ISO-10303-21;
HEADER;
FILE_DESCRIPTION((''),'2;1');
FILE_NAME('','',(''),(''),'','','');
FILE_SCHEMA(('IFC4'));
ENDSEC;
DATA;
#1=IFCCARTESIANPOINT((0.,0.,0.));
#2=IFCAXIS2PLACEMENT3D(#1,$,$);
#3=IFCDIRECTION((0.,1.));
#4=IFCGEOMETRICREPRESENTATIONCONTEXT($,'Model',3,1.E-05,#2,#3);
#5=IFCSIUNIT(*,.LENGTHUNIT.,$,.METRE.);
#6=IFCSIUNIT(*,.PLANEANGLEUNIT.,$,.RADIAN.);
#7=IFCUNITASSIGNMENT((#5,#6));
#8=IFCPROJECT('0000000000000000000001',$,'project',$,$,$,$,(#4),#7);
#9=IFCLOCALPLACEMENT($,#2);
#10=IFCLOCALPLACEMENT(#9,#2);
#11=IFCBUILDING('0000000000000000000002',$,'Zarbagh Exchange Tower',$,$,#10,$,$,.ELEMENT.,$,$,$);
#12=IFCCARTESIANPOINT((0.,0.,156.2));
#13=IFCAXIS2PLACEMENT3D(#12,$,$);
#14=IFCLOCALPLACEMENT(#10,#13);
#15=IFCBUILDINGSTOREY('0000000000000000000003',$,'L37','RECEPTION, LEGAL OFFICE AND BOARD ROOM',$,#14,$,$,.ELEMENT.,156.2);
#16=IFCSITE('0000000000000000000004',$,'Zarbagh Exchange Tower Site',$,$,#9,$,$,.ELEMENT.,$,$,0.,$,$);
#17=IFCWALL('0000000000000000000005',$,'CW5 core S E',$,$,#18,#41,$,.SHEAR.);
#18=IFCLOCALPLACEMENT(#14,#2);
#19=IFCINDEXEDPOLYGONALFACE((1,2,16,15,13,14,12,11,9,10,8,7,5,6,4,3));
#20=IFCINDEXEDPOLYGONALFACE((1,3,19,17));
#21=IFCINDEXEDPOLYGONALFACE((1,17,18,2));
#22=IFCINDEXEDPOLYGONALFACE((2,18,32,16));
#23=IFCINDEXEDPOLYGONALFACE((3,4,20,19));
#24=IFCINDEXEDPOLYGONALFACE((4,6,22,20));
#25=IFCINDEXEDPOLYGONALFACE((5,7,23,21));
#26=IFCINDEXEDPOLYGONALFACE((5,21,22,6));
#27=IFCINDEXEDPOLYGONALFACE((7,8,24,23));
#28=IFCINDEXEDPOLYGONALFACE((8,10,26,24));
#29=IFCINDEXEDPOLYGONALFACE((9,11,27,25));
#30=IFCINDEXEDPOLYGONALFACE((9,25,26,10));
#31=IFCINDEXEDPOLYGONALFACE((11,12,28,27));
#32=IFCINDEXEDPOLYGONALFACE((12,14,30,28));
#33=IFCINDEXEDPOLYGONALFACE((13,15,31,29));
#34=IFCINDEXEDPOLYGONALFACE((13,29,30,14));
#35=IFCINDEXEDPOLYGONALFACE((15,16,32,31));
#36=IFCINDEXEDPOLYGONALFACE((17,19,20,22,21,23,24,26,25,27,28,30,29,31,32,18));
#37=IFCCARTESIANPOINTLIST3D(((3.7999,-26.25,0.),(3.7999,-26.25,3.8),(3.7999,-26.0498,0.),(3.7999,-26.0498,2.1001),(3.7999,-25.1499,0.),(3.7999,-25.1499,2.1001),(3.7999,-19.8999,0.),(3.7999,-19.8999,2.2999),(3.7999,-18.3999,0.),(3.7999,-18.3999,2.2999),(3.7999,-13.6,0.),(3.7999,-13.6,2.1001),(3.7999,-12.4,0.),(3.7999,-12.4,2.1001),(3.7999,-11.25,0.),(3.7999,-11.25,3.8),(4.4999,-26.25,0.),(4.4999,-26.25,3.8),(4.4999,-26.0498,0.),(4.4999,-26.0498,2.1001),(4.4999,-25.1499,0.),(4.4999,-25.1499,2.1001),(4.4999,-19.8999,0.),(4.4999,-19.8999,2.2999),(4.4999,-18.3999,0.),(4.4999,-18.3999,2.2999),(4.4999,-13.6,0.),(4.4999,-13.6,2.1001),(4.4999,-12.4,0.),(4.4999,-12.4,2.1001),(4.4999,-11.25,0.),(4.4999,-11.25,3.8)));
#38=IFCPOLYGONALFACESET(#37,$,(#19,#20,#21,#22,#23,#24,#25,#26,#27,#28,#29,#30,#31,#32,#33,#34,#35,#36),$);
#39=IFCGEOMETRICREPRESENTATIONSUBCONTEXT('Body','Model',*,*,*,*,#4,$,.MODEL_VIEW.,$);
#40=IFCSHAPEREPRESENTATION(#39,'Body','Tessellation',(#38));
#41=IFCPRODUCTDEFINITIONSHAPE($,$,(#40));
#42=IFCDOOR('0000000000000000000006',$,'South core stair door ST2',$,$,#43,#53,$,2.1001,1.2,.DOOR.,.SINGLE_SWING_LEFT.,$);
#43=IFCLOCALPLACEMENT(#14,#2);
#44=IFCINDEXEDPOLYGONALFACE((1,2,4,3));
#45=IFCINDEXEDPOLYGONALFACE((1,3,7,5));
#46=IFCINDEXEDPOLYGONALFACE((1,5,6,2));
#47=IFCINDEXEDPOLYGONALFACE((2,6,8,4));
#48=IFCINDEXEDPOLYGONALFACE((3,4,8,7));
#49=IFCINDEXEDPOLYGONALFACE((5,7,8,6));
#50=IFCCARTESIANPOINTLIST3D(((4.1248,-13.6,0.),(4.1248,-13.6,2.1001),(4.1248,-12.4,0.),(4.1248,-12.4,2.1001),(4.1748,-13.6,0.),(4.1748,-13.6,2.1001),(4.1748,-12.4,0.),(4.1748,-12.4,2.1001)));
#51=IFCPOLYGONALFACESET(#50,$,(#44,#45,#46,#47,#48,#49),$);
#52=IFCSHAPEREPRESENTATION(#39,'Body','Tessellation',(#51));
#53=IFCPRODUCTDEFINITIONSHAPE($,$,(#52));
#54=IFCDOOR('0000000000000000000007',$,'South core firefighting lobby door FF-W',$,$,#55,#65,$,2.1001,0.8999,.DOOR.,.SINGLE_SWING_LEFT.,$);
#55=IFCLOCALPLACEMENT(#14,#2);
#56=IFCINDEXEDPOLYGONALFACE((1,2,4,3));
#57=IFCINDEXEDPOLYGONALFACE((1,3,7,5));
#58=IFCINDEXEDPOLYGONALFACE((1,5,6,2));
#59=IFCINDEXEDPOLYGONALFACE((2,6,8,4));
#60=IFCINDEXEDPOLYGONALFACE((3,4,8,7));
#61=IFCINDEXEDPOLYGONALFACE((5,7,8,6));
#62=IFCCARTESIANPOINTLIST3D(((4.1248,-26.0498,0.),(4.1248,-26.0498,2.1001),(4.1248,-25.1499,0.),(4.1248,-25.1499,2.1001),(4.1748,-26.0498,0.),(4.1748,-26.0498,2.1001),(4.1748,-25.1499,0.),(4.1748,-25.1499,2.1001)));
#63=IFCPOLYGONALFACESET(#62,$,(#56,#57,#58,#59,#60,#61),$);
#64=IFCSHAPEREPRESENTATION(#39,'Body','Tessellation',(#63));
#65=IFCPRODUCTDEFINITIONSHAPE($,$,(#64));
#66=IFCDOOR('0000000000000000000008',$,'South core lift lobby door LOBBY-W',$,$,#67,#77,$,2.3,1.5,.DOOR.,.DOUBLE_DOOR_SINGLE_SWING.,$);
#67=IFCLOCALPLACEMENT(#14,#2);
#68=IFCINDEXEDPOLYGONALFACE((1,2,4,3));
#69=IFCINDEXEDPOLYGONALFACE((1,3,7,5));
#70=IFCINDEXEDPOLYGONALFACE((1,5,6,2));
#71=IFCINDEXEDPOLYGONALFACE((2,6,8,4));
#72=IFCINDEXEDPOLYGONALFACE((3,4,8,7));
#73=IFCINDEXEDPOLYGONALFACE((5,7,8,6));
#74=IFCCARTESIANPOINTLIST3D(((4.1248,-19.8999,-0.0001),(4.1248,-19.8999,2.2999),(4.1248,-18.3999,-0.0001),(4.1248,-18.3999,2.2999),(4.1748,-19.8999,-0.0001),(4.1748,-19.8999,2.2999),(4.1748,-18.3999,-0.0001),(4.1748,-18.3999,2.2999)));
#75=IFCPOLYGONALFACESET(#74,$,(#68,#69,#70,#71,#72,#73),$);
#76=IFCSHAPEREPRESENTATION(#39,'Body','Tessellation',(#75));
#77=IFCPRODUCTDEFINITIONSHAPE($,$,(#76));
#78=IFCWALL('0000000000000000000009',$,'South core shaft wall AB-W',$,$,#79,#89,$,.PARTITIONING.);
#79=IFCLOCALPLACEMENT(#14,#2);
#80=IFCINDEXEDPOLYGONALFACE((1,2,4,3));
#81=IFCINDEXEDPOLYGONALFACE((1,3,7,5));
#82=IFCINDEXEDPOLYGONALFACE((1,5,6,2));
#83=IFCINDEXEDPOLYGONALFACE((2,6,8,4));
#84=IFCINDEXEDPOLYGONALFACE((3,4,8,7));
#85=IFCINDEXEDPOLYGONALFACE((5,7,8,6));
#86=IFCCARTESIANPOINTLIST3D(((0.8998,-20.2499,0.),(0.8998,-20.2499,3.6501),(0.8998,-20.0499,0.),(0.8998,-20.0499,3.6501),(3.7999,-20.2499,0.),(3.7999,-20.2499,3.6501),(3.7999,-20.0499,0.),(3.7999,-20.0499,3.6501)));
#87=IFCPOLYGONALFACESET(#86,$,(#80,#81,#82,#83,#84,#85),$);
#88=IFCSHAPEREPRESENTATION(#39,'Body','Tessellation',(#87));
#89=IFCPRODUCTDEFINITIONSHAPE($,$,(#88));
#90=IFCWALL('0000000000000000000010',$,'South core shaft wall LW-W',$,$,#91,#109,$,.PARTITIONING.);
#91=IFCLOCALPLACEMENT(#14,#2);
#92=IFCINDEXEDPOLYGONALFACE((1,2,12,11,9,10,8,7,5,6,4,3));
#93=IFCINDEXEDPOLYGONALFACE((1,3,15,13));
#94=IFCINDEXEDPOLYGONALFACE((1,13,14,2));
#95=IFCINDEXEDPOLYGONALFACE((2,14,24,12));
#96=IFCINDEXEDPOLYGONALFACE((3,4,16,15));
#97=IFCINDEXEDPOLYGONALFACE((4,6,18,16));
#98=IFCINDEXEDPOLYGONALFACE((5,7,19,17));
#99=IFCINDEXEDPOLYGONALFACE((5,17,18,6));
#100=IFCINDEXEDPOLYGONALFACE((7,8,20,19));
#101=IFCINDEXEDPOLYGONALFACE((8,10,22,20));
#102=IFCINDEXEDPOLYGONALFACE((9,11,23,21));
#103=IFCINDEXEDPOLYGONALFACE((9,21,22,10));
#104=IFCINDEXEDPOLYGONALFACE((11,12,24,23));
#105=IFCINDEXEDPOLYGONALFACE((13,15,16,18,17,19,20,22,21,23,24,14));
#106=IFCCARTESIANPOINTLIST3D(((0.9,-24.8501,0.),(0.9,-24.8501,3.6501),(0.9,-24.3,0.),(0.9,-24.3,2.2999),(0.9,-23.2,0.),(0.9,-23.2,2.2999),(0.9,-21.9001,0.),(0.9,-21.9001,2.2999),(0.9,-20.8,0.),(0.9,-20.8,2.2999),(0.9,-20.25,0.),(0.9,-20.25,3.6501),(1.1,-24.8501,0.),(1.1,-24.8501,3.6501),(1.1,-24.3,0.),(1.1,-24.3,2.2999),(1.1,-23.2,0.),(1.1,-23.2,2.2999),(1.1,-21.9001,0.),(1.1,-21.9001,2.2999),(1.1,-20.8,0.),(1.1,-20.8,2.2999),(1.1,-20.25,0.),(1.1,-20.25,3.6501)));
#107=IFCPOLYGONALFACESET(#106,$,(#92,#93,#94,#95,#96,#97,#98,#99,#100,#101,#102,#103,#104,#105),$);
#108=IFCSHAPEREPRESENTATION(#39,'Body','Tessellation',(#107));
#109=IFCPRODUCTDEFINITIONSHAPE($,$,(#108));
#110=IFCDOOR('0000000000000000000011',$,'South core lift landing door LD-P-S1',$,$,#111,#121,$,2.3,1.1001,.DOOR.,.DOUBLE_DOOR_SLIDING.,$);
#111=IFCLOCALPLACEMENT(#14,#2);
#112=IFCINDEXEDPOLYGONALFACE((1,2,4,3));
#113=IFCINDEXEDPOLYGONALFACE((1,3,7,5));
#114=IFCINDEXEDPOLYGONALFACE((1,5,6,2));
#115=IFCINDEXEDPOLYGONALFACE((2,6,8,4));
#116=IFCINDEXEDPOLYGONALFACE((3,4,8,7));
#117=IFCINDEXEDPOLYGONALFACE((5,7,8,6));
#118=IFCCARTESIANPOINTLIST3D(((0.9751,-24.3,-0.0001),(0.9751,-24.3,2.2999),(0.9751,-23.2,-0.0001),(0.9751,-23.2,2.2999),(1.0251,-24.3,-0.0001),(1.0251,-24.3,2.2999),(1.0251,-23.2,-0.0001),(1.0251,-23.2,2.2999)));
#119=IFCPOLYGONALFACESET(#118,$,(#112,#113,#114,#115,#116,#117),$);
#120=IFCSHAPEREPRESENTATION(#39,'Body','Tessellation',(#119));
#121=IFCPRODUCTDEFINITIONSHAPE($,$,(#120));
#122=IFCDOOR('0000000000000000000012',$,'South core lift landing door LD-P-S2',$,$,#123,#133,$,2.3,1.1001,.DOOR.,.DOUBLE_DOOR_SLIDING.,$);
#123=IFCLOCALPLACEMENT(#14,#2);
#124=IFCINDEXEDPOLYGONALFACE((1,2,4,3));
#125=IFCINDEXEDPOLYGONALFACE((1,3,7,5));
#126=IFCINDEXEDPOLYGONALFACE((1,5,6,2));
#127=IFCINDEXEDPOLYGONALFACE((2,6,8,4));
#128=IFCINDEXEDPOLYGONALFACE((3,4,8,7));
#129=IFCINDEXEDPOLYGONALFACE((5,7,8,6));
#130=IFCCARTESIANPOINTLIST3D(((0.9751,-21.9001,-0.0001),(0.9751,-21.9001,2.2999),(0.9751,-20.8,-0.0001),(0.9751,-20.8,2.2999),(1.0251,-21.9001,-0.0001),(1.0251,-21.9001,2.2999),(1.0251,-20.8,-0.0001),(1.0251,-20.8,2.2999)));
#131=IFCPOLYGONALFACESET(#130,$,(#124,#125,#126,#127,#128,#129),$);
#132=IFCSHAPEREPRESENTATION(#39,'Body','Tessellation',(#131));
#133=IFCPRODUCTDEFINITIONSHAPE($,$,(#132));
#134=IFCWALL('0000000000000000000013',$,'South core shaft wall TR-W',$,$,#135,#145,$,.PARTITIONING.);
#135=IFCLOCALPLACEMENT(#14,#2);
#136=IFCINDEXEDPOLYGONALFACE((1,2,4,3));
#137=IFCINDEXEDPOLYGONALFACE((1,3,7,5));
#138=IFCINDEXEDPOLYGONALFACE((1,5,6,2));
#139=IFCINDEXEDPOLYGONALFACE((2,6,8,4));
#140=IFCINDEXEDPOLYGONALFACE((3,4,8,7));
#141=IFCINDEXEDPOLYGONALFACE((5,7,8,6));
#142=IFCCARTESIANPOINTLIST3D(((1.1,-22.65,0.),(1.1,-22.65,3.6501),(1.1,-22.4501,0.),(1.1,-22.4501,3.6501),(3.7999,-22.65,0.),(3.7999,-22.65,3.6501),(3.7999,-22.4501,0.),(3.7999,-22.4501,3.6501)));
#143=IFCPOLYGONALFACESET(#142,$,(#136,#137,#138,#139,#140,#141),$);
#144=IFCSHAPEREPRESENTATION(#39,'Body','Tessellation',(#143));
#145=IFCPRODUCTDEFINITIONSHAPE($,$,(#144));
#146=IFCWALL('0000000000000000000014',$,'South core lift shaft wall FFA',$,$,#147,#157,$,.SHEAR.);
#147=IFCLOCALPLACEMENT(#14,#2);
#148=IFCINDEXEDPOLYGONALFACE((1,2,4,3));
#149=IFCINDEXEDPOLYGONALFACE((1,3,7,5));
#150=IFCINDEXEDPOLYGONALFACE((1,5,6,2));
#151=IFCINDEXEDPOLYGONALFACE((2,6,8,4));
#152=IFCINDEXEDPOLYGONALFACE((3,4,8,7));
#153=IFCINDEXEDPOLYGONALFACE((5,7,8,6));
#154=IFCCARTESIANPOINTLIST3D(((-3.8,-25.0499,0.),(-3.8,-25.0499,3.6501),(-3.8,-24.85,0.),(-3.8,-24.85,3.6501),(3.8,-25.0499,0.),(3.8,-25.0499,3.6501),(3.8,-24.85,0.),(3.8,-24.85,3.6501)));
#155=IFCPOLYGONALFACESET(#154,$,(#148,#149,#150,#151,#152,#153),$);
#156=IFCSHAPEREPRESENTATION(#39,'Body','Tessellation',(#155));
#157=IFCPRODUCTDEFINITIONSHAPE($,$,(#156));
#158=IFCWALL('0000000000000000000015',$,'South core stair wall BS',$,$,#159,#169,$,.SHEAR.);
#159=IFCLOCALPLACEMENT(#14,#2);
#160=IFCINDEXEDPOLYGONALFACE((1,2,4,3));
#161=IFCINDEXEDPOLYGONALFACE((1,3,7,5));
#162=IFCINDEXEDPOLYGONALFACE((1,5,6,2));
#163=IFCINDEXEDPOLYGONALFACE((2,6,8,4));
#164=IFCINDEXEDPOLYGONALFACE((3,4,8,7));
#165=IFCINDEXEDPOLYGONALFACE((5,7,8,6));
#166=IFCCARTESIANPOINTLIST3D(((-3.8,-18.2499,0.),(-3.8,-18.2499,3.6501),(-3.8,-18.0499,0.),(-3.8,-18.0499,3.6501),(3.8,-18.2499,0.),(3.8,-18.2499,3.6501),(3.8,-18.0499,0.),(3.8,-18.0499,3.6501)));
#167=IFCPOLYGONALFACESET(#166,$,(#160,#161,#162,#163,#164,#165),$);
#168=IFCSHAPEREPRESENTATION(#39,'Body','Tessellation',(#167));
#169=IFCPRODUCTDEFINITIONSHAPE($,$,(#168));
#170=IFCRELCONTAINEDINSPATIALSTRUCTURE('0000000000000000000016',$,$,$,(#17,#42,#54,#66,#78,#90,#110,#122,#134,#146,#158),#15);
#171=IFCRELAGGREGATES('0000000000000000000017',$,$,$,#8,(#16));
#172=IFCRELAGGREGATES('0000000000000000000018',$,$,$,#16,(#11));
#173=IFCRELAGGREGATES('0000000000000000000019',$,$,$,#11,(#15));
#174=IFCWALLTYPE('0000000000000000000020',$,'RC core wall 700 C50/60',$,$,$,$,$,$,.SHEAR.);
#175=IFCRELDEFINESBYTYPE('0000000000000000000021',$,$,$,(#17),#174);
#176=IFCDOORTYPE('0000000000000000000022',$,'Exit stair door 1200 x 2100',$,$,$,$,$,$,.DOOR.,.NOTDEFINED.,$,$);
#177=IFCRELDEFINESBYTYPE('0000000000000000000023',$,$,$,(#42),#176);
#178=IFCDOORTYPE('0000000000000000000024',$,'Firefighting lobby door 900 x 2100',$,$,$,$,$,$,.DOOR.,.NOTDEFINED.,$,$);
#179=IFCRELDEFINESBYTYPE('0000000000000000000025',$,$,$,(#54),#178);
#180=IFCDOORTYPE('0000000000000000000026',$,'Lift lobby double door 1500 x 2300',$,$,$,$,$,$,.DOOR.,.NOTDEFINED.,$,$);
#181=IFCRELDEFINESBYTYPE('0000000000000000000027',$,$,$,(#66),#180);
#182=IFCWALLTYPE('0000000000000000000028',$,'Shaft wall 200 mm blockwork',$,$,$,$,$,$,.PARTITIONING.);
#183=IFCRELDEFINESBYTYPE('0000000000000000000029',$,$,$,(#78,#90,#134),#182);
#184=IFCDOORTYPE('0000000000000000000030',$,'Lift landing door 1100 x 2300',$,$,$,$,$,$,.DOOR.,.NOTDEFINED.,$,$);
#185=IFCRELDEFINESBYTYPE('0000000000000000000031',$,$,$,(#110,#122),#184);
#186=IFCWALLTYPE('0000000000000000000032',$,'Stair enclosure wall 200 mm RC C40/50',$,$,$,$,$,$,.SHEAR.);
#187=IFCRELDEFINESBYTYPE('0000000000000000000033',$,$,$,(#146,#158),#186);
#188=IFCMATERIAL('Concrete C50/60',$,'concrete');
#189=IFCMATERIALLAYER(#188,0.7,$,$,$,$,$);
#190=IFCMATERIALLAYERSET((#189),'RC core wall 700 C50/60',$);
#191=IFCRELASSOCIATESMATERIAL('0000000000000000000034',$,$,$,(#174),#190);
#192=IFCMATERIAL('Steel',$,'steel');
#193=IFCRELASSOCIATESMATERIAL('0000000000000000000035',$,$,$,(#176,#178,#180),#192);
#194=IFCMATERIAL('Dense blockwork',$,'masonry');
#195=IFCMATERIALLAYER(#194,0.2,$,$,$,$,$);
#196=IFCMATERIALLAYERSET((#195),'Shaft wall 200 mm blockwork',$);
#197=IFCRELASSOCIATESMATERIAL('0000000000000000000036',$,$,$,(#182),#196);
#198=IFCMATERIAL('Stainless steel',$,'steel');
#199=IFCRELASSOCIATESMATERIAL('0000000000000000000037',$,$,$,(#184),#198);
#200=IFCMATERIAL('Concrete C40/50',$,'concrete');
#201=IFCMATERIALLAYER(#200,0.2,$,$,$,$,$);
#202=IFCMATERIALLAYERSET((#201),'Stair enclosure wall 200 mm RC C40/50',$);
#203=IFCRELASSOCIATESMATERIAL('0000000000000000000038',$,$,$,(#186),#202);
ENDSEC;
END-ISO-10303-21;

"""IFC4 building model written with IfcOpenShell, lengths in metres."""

from ifc_helpers import new_model, si_unit, direction, frame, frame_2d, origin, place, context, subcontext, project, spatial, rectangle, extrude, material, layer, layer_set, type_object, element, fill, save


model = new_model("IFC4")

# Units and contexts
model_context = context("Model", 3, precision=1e-05, world=origin(), true_north=direction((0.0, 1.0)))
body_context = subcontext(model_context, "Body", "Model", "MODEL_VIEW")
ifc_project = project(units=[si_unit("LENGTHUNIT", "METRE"), si_unit("PLANEANGLEUNIT", "RADIAN")], contexts=[model_context])

# Site, building, storey
site_placement = place(None, origin())
site = spatial("IfcSite", under=ifc_project, at=site_placement, Name="Zarbagh Exchange Tower Site", CompositionType="ELEMENT", RefElevation=0.0)
building_placement = place(site_placement, origin())
building = spatial("IfcBuilding", under=site, at=building_placement, Name="Zarbagh Exchange Tower", CompositionType="ELEMENT")
storey_placement = place(building_placement, frame((0.0, 0.0, 156.2)))
storey = spatial("IfcBuildingStorey", under=building, at=storey_placement, Name="L37", Description="RECEPTION, LEGAL OFFICE AND BOARD ROOM", CompositionType="ELEMENT", Elevation=156.2)

# Shared definitions
ifc_material_1 = material(Name="Concrete C50/60", Category="concrete")

# Wall, openings, doors
ifc_layer_1 = layer(ifc_material_1, 0.7)
ifc_layer_set_1 = layer_set([ifc_layer_1], Name="RC core wall 700 C50/60")
wall_type_1 = type_object("IfcWallType", Name="RC core wall 700 C50/60", PredefinedType="SHEAR", material=ifc_layer_set_1)
wall_1_placement = place(storey_placement, frame((4.1499, -11.25, 0.0), z_axis=(0.0, 0.0, 1.0), x_axis=(0.0, -1.0, 0.0)))
wall_1 = element("IfcWall", 1, at=wall_1_placement, inside=storey, type_object=wall_type_1, Name="CW5 core S E", PredefinedType="SHEAR", context=body_context, shape_type="SweptSolid", body=[
    extrude(rectangle(XDim=15.0, YDim=0.7, at=frame_2d((7.5, 0.0))), origin(), (0.0, 0.0, 1.0), 3.8),
])
opening_1_placement = place(wall_1_placement, frame((7.1499, 0.0, 0.0)))
opening_1 = element("IfcOpeningElement", 2, at=opening_1_placement, cuts=wall_1, PredefinedType="OPENING", context=body_context, shape_type="SweptSolid", body=[
    extrude(rectangle(XDim=1.5, YDim=2.3, at=frame_2d((0.75, 1.1499))), frame((0.0, 0.3599, 0.0), z_axis=(0.0, -1.0, 0.0), x_axis=(1.0, 0.0, 0.0)), (0.0, 0.0, 1.0), 0.72),
])
opening_2_placement = place(wall_1_placement, frame((13.8999, 0.0, 0.0)))
opening_2 = element("IfcOpeningElement", 3, at=opening_2_placement, cuts=wall_1, PredefinedType="OPENING", context=body_context, shape_type="SweptSolid", body=[
    extrude(rectangle(XDim=0.8999, YDim=2.1001, at=frame_2d((0.45, 1.05))), frame((0.0, 0.3599, 0.0), z_axis=(0.0, -1.0, 0.0), x_axis=(1.0, 0.0, 0.0)), (0.0, 0.0, 1.0), 0.72),
])
opening_3_placement = place(wall_1_placement, frame((1.1499, 0.0, 0.0)))
opening_3 = element("IfcOpeningElement", 4, at=opening_3_placement, cuts=wall_1, PredefinedType="OPENING", context=body_context, shape_type="SweptSolid", body=[
    extrude(rectangle(XDim=1.2, YDim=2.1001, at=frame_2d((0.6001, 1.05))), frame((0.0, 0.3599, 0.0), z_axis=(0.0, -1.0, 0.0), x_axis=(1.0, 0.0, 0.0)), (0.0, 0.0, 1.0), 0.72),
])
ifc_material_2 = material(Name="Steel", Category="steel")
door_type_1 = type_object("IfcDoorType", Name="Exit stair door 1200 x 2100", OperationType="NOTDEFINED", PredefinedType="DOOR", material=ifc_material_2)
door_1_placement = place(opening_3_placement, origin())
door_1 = element("IfcDoor", 5, at=door_1_placement, inside=storey, type_object=door_type_1, Name="South core stair door ST2", OperationType="SINGLE_SWING_LEFT", OverallHeight=2.1001, OverallWidth=1.2, PredefinedType="DOOR", context=body_context, shape_type="SweptSolid", body=[
    extrude(rectangle(XDim=1.2, YDim=2.1001, at=frame_2d((0.6001, 1.05))), frame((0.0, 0.0249, 0.0), z_axis=(0.0, -1.0, 0.0), x_axis=(1.0, 0.0, 0.0)), (0.0, 0.0, 1.0), 0.05),
])
fill(opening_3, door_1)
door_type_2 = type_object("IfcDoorType", Name="Firefighting lobby door 900 x 2100", OperationType="NOTDEFINED", PredefinedType="DOOR", material=ifc_material_2)
door_2_placement = place(opening_2_placement, origin())
door_2 = element("IfcDoor", 6, at=door_2_placement, inside=storey, type_object=door_type_2, Name="South core firefighting lobby door FF-W", OperationType="SINGLE_SWING_LEFT", OverallHeight=2.1001, OverallWidth=0.8999, PredefinedType="DOOR", context=body_context, shape_type="SweptSolid", body=[
    extrude(rectangle(XDim=0.8999, YDim=2.1001, at=frame_2d((0.45, 1.05))), frame((0.0, 0.0249, 0.0), z_axis=(0.0, -1.0, 0.0), x_axis=(1.0, 0.0, 0.0)), (0.0, 0.0, 1.0), 0.05),
])
fill(opening_2, door_2)
door_type_3 = type_object("IfcDoorType", Name="Lift lobby double door 1500 x 2300", OperationType="NOTDEFINED", PredefinedType="DOOR", material=ifc_material_2)
door_3_placement = place(opening_1_placement, origin())
door_3 = element("IfcDoor", 7, at=door_3_placement, inside=storey, type_object=door_type_3, Name="South core lift lobby door LOBBY-W", OperationType="DOUBLE_DOOR_SINGLE_SWING", OverallHeight=2.3, OverallWidth=1.5, PredefinedType="DOOR", context=body_context, shape_type="SweptSolid", body=[
    extrude(rectangle(XDim=1.5, YDim=2.3, at=frame_2d((0.75, 1.1499))), frame((0.0, 0.0249, 0.0), z_axis=(0.0, -1.0, 0.0), x_axis=(1.0, 0.0, 0.0)), (0.0, 0.0, 1.0), 0.05),
])
fill(opening_1, door_3)

# Wall
ifc_material_3 = material(Name="Dense blockwork", Category="masonry")
ifc_layer_2 = layer(ifc_material_3, 0.2)
ifc_layer_set_2 = layer_set([ifc_layer_2], Name="Shaft wall 200 mm blockwork")
wall_type_2 = type_object("IfcWallType", Name="Shaft wall 200 mm blockwork", PredefinedType="PARTITIONING", material=ifc_layer_set_2)
wall_2_placement = place(storey_placement, frame((3.8, -20.1499, 0.0), z_axis=(0.0, 0.0, 1.0), x_axis=(-1.0, 0.0, 0.0)))
element("IfcWall", 8, at=wall_2_placement, inside=storey, type_object=wall_type_2, Name="South core shaft wall AB-W", PredefinedType="PARTITIONING", context=body_context, shape_type="SweptSolid", body=[
    extrude(rectangle(XDim=2.9001, YDim=0.2, at=frame_2d((1.4502, 0.0))), origin(), (0.0, 0.0, 1.0), 3.6501),
])

# Wall, openings, doors
wall_3_placement = place(storey_placement, frame((1.0, -24.8501, 0.0), z_axis=(0.0, 0.0, 1.0), x_axis=(0.0, 1.0, 0.0)))
wall_3 = element("IfcWall", 9, at=wall_3_placement, inside=storey, type_object=wall_type_2, Name="South core shaft wall LW-W", PredefinedType="PARTITIONING", context=body_context, shape_type="SweptSolid", body=[
    extrude(rectangle(XDim=4.6001, YDim=0.2, at=frame_2d((2.3, 0.0))), origin(), (0.0, 0.0, 1.0), 3.6501),
])
opening_4_placement = place(wall_3_placement, frame((0.55, 0.0, 0.0)))
opening_4 = element("IfcOpeningElement", 10, at=opening_4_placement, cuts=wall_3, PredefinedType="OPENING", context=body_context, shape_type="SweptSolid", body=[
    extrude(rectangle(XDim=1.1001, YDim=2.3, at=frame_2d((0.55, 1.1499))), frame((0.0, 0.1099, 0.0), z_axis=(0.0, -1.0, 0.0), x_axis=(1.0, 0.0, 0.0)), (0.0, 0.0, 1.0), 0.22),
])
opening_5_placement = place(wall_3_placement, frame((2.95, 0.0, 0.0)))
opening_5 = element("IfcOpeningElement", 11, at=opening_5_placement, cuts=wall_3, PredefinedType="OPENING", context=body_context, shape_type="SweptSolid", body=[
    extrude(rectangle(XDim=1.1001, YDim=2.3, at=frame_2d((0.55, 1.1499))), frame((0.0, 0.1099, 0.0), z_axis=(0.0, -1.0, 0.0), x_axis=(1.0, 0.0, 0.0)), (0.0, 0.0, 1.0), 0.22),
])
ifc_material_4 = material(Name="Stainless steel", Category="steel")
door_type_4 = type_object("IfcDoorType", Name="Lift landing door 1100 x 2300", OperationType="NOTDEFINED", PredefinedType="DOOR", material=ifc_material_4)
door_4_placement = place(opening_4_placement, origin())
door_4 = element("IfcDoor", 12, at=door_4_placement, inside=storey, type_object=door_type_4, Name="South core lift landing door LD-P-S1", OperationType="DOUBLE_DOOR_SLIDING", OverallHeight=2.3, OverallWidth=1.1001, PredefinedType="DOOR", context=body_context, shape_type="SweptSolid", body=[
    extrude(rectangle(XDim=1.1001, YDim=2.3, at=frame_2d((0.55, 1.1499))), frame((0.0, 0.0249, 0.0), z_axis=(0.0, -1.0, 0.0), x_axis=(1.0, 0.0, 0.0)), (0.0, 0.0, 1.0), 0.05),
])
fill(opening_4, door_4)
door_5_placement = place(opening_5_placement, origin())
door_5 = element("IfcDoor", 13, at=door_5_placement, inside=storey, type_object=door_type_4, Name="South core lift landing door LD-P-S2", OperationType="DOUBLE_DOOR_SLIDING", OverallHeight=2.3, OverallWidth=1.1001, PredefinedType="DOOR", context=body_context, shape_type="SweptSolid", body=[
    extrude(rectangle(XDim=1.1001, YDim=2.3, at=frame_2d((0.55, 1.1499))), frame((0.0, 0.0249, 0.0), z_axis=(0.0, -1.0, 0.0), x_axis=(1.0, 0.0, 0.0)), (0.0, 0.0, 1.0), 0.05),
])
fill(opening_5, door_5)

# Walls
wall_4_placement = place(storey_placement, frame((3.8, -22.55, 0.0), z_axis=(0.0, 0.0, 1.0), x_axis=(-1.0, 0.0, 0.0)))
element("IfcWall", 14, at=wall_4_placement, inside=storey, type_object=wall_type_2, Name="South core shaft wall TR-W", PredefinedType="PARTITIONING", context=body_context, shape_type="SweptSolid", body=[
    extrude(rectangle(XDim=2.7, YDim=0.2, at=frame_2d((1.3501, 0.0))), origin(), (0.0, 0.0, 1.0), 3.6501),
])
ifc_material_5 = material(Name="Concrete C40/50", Category="concrete")
ifc_layer_3 = layer(ifc_material_5, 0.2)
ifc_layer_set_3 = layer_set([ifc_layer_3], Name="Stair enclosure wall 200 mm RC C40/50")
wall_type_3 = type_object("IfcWallType", Name="Stair enclosure wall 200 mm RC C40/50", PredefinedType="SHEAR", material=ifc_layer_set_3)
for number, where, z_axis, x_axis, name in (
    (15, (3.8, -24.95, 0.0), (0.0, 0.0, 1.0), (-1.0, 0.0, 0.0), "South core lift shaft wall FFA"),
    (16, (3.8, -18.1499, 0.0), (0.0, 0.0, 1.0), (-1.0, 0.0, 0.0), "South core stair wall BS"),
):
    element("IfcWall", number, at=place(storey_placement, frame(where, z_axis=z_axis, x_axis=x_axis)), inside=storey, type_object=wall_type_3, Name=name, PredefinedType="SHEAR", context=body_context, shape_type="SweptSolid", body=[
        extrude(rectangle(XDim=7.6001, YDim=0.2, at=frame_2d((3.8, 0.0))), origin(), (0.0, 0.0, 1.0), 3.6501),
    ])

save(model, "model.ifc")
